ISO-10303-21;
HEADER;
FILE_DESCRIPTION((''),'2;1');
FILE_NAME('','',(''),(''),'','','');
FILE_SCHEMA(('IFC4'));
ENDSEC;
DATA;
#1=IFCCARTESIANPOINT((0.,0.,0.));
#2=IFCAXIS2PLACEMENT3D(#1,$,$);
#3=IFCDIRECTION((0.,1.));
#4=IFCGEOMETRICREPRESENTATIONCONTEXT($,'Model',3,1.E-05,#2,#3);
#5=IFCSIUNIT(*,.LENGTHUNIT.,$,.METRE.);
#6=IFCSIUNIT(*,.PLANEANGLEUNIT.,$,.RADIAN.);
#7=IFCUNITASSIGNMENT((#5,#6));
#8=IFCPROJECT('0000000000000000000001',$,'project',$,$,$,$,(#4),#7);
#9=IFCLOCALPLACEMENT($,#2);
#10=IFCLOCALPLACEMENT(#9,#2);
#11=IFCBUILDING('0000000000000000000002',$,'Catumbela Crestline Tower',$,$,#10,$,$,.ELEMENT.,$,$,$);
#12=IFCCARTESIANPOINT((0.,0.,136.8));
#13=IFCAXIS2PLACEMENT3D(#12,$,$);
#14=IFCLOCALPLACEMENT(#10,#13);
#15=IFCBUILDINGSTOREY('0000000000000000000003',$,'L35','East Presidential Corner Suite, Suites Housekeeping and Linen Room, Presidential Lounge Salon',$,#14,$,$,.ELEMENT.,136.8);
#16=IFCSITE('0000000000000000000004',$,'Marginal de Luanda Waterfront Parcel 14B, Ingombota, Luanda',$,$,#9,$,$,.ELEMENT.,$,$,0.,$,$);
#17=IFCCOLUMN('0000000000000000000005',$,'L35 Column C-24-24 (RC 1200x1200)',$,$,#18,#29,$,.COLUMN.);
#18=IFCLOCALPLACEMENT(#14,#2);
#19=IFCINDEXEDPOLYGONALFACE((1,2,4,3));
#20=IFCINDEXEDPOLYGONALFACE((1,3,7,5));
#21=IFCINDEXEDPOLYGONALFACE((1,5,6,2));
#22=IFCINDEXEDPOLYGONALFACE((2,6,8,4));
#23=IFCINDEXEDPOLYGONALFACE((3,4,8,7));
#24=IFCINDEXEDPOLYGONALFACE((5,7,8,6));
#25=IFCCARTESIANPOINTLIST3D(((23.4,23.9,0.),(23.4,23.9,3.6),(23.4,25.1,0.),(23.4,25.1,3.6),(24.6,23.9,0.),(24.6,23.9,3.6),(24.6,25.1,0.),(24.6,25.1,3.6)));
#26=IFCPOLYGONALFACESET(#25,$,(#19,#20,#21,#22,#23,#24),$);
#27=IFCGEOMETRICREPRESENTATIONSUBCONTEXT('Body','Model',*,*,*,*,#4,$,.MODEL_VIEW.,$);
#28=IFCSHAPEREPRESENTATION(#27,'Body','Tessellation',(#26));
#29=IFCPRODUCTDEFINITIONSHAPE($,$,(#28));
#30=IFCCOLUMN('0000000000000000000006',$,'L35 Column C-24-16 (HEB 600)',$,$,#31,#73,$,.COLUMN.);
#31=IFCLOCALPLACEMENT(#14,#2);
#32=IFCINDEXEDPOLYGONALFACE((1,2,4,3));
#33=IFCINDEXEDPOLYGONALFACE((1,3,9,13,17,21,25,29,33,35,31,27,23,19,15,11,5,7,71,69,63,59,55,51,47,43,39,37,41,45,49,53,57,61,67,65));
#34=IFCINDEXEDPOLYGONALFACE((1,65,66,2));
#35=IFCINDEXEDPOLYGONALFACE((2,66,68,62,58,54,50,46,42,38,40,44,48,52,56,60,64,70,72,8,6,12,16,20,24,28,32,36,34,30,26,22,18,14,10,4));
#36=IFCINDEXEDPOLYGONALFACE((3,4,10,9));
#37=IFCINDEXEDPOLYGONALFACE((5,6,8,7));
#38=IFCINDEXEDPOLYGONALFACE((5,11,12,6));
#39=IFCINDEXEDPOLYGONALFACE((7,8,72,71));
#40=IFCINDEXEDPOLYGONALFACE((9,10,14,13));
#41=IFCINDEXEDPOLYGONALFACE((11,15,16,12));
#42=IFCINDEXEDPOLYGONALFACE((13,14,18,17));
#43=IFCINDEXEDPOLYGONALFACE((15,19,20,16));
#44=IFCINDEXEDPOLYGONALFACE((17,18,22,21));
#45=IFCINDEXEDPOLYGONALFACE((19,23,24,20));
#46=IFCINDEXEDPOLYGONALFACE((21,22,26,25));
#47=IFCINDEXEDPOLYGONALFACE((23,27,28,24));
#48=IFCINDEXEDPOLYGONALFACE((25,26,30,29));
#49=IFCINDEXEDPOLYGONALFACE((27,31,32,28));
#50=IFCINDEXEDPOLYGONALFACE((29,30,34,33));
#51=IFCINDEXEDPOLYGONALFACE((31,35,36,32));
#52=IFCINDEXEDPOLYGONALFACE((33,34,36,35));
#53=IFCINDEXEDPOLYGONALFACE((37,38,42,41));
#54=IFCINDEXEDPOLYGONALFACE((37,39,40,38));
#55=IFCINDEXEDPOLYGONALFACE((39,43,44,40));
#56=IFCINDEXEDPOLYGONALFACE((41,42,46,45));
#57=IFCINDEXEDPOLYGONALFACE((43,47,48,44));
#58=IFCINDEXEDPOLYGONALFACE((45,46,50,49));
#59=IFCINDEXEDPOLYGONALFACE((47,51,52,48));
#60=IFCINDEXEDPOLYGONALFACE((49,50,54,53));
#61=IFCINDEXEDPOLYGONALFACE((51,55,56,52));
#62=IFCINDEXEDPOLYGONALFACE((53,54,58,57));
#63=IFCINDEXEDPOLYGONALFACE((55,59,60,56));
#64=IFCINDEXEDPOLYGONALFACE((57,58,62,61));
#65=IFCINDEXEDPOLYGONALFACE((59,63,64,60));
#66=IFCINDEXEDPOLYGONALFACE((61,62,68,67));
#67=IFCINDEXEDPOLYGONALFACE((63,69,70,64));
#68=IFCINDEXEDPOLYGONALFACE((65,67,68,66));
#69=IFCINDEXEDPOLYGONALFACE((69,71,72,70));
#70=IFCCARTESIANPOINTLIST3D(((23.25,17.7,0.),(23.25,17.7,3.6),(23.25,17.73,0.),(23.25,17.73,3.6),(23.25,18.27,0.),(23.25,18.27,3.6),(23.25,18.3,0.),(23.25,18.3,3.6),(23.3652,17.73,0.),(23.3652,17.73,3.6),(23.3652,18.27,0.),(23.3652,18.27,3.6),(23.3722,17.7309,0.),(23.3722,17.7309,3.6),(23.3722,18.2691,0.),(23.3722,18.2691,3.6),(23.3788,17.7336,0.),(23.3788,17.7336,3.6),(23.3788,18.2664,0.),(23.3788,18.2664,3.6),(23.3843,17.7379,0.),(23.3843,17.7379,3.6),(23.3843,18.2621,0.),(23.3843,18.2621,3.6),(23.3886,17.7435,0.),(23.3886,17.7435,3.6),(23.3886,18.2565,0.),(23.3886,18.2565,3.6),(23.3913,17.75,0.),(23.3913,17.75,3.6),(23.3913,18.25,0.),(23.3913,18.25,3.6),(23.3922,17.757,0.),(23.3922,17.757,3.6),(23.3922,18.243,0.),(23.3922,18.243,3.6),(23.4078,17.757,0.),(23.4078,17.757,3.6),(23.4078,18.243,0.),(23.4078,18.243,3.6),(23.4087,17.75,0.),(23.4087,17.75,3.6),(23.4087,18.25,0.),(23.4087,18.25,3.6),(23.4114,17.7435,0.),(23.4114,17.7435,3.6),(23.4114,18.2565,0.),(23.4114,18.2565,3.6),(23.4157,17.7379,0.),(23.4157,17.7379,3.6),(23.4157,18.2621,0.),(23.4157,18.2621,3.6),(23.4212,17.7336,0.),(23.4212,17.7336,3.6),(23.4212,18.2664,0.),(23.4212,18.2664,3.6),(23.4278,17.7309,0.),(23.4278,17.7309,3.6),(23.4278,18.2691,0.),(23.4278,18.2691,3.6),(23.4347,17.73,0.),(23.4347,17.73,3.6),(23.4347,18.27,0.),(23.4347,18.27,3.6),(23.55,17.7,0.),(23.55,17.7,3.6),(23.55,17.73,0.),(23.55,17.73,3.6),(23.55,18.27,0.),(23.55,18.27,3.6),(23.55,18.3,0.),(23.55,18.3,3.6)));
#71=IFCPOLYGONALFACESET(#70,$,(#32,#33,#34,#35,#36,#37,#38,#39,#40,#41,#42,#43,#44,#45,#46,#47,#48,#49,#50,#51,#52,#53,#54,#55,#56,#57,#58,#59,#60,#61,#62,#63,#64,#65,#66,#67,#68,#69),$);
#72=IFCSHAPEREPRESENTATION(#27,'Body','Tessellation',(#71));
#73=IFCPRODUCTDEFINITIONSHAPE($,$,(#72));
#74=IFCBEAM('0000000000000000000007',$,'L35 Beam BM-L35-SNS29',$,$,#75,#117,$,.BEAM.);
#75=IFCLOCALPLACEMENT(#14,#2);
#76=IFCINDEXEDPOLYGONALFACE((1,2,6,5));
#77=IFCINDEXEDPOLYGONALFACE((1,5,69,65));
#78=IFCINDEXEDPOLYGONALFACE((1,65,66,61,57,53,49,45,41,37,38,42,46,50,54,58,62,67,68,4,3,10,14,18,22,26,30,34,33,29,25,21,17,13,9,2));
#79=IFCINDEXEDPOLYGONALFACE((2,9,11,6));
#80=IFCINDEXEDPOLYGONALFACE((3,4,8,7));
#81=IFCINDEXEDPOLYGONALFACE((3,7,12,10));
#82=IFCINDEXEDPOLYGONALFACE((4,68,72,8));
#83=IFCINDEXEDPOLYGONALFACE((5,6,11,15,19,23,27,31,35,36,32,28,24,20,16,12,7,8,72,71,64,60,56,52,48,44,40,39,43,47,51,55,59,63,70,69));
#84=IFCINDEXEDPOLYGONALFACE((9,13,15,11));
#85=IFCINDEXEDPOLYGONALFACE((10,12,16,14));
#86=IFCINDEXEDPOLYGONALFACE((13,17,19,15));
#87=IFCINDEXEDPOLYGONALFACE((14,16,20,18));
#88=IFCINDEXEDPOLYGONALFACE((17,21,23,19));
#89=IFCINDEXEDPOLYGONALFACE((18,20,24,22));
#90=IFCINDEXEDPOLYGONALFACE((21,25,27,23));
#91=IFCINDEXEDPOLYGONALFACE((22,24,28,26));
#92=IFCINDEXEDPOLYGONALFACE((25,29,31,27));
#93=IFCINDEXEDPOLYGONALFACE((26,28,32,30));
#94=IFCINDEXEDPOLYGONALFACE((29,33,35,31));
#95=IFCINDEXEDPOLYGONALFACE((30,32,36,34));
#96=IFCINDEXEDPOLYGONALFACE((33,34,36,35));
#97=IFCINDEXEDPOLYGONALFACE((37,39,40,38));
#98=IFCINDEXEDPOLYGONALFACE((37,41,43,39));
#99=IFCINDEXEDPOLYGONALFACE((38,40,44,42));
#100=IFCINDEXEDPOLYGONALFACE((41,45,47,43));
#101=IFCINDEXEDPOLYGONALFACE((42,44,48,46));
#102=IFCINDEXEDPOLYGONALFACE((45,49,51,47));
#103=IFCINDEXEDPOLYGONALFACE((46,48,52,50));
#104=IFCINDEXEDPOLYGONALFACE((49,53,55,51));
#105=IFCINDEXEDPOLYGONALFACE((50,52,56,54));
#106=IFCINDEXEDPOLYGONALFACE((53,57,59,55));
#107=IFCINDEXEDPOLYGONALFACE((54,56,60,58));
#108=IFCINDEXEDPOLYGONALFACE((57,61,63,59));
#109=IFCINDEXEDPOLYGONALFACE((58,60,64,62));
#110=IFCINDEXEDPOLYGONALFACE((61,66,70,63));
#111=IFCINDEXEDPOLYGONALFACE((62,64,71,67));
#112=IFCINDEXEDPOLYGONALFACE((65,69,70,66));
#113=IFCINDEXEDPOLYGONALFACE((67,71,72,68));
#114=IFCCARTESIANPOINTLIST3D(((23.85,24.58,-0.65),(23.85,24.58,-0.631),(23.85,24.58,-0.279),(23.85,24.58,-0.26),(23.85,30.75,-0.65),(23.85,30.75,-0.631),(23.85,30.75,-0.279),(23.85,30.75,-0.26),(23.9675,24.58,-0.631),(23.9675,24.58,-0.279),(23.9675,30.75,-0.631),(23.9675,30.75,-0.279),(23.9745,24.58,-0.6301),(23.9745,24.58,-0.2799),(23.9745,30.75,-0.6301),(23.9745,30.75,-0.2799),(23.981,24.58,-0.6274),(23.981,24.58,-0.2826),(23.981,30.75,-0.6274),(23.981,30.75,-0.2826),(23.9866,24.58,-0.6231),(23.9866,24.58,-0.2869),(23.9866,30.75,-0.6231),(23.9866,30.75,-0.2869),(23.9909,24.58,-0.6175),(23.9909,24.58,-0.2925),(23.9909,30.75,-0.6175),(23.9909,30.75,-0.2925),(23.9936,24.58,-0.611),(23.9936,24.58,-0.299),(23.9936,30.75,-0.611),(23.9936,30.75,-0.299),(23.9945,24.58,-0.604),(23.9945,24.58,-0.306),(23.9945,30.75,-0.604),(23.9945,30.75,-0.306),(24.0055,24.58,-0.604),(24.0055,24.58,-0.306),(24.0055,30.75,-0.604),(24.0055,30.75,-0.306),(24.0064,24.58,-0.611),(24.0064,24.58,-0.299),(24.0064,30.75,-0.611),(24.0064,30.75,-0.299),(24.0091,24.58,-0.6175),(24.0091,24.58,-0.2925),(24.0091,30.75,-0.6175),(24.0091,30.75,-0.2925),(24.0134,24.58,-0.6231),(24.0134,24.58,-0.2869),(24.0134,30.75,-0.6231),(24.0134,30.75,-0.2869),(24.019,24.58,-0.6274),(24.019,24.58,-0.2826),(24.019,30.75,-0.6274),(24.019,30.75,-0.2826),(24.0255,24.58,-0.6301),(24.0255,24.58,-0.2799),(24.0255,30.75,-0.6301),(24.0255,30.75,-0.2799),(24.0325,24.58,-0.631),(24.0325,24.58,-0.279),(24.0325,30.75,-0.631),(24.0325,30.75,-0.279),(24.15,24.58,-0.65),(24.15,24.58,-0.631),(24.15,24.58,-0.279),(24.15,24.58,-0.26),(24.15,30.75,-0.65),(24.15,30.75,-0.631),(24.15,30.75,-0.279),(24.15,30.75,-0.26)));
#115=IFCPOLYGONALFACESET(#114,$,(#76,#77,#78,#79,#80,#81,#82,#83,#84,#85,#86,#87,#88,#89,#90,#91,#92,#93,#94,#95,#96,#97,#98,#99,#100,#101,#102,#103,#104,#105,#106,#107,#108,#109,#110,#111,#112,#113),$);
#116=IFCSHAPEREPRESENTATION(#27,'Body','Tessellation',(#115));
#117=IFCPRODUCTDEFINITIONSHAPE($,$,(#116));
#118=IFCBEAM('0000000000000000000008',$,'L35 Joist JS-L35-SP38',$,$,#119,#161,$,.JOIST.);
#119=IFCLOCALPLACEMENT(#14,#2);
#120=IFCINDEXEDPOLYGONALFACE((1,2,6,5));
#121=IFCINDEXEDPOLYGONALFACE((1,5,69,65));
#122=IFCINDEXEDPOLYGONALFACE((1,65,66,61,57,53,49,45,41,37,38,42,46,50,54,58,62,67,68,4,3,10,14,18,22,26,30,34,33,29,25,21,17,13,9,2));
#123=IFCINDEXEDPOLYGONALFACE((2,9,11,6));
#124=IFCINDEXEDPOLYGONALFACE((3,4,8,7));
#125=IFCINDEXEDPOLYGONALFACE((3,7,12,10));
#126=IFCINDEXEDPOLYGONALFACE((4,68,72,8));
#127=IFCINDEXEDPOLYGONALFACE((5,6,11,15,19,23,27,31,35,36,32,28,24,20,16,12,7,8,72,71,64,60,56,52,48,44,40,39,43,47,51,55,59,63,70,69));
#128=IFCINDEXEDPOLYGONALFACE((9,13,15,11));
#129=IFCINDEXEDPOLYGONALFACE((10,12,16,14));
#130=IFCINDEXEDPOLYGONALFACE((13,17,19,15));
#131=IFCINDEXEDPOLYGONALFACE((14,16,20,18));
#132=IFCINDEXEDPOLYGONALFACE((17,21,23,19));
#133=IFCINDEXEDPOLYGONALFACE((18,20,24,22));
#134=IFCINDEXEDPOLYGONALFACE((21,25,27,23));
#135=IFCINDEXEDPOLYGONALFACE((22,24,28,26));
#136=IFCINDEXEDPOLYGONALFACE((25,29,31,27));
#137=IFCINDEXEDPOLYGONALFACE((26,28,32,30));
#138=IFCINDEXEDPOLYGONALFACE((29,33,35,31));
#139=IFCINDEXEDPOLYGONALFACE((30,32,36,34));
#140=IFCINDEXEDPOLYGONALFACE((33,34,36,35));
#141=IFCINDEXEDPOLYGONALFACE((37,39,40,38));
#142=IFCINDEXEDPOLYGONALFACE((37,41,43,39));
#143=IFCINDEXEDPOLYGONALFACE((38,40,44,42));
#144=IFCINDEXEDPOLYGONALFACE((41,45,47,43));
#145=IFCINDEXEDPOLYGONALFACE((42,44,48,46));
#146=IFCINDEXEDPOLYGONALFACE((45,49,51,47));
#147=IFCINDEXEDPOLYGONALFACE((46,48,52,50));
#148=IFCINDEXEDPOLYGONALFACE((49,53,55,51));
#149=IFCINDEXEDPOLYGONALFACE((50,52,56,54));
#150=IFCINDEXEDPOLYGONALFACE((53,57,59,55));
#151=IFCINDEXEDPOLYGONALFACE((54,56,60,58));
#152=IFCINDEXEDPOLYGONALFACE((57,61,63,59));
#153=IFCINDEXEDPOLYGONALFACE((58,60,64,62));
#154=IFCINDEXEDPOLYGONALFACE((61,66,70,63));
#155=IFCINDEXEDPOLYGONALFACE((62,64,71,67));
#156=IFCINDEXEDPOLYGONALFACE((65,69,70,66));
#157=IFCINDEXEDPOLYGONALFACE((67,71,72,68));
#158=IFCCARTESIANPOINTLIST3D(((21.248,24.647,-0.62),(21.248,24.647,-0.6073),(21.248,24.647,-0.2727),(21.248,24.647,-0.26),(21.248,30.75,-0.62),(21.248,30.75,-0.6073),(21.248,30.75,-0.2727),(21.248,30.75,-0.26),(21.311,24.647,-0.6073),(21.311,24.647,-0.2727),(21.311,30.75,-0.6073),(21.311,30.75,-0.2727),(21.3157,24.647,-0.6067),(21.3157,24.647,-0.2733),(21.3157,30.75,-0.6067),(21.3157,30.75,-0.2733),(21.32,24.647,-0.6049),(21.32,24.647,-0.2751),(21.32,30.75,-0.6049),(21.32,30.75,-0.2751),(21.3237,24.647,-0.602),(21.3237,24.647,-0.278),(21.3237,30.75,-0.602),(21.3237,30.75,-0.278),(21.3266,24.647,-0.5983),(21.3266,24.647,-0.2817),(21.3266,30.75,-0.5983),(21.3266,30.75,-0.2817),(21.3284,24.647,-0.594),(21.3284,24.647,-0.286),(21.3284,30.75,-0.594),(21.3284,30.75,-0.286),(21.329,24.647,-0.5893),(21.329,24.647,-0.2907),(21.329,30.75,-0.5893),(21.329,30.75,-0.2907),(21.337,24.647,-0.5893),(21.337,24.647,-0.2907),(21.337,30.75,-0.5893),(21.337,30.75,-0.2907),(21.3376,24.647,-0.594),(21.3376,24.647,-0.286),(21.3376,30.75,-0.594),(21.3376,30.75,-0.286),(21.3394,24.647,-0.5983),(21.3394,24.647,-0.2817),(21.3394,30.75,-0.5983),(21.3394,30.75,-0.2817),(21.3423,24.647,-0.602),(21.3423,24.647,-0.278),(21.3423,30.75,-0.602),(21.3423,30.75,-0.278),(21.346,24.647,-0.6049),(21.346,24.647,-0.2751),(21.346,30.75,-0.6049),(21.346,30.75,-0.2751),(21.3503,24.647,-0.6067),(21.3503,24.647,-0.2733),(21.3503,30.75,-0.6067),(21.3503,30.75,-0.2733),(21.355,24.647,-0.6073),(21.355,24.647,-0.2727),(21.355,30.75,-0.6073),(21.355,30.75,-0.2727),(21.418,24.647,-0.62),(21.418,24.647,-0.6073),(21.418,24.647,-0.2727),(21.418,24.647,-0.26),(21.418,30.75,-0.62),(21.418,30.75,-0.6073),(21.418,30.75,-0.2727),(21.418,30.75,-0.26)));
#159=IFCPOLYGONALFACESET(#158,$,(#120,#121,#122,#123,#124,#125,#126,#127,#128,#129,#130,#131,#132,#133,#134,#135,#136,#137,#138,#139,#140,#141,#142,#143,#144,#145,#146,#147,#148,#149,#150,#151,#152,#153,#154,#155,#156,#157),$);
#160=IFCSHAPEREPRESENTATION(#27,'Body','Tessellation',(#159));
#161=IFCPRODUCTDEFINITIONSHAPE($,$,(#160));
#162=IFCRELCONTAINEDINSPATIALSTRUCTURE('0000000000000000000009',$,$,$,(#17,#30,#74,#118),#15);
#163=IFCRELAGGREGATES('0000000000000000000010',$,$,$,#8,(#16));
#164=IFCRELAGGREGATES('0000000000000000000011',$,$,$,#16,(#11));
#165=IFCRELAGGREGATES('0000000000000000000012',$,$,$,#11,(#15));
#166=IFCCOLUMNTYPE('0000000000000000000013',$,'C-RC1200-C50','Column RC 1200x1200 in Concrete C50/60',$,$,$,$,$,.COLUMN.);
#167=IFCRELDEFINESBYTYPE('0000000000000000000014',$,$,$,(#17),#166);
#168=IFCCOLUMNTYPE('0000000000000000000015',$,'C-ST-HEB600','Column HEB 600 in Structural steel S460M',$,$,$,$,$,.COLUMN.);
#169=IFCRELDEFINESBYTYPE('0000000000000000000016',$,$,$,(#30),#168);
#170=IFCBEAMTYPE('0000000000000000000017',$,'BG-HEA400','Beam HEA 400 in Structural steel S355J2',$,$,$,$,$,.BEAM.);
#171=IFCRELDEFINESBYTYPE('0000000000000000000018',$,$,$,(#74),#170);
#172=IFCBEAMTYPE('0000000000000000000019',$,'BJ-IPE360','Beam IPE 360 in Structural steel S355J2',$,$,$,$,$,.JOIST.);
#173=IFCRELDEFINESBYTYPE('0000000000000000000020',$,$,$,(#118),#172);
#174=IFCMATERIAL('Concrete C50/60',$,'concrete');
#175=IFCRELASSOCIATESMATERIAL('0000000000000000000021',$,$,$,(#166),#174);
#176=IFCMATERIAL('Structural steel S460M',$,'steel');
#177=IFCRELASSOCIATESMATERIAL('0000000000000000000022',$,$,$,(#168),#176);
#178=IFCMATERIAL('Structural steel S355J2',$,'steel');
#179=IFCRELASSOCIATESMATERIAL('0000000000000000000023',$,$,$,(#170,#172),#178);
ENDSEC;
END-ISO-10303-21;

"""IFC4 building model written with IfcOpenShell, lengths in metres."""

from ifc_helpers import new_model, si_unit, direction, frame, origin, origin_2d, place, context, subcontext, project, spatial, rectangle, i_section, extrude, material, material_profile, profile_set, type_object, element, save


model = new_model("IFC4")

# Units and contexts
model_context = context("Model", 3, precision=1e-05, world=origin(), true_north=direction((0.0, 1.0)))
body_context = subcontext(model_context, "Body", "Model", "MODEL_VIEW")
ifc_project = project(units=[si_unit("LENGTHUNIT", "METRE"), si_unit("PLANEANGLEUNIT", "RADIAN")], contexts=[model_context])

# Site, building, storey
site_placement = place(None, origin())
site = spatial("IfcSite", under=ifc_project, at=site_placement, Name="Marginal de Luanda Waterfront Parcel 14B, Ingombota, Luanda", CompositionType="ELEMENT", RefElevation=0.0)
building_placement = place(site_placement, origin())
building = spatial("IfcBuilding", under=site, at=building_placement, Name="Catumbela Crestline Tower", CompositionType="ELEMENT")
storey_placement = place(building_placement, frame((0.0, 0.0, 136.8)))
storey = spatial("IfcBuildingStorey", under=building, at=storey_placement, Name="L35", Description="East Presidential Corner Suite, Suites Housekeeping and Linen Room, Presidential Lounge Salon", CompositionType="ELEMENT", Elevation=136.8)

# Columns
ifc_material_1 = material(Name="Concrete C50/60", Category="concrete")
ifc_material_profile_1 = material_profile(ifc_material_1, rectangle(XDim=1.2, YDim=1.2, at=origin_2d()), Name="RC 1200x1200")
ifc_profile_set_1 = profile_set([ifc_material_profile_1], Name="Concrete C50/60")
column_type_1 = type_object("IfcColumnType", Name="C-RC1200-C50", Description="Column RC 1200x1200 in Concrete C50/60", PredefinedType="COLUMN", material=ifc_profile_set_1)
column_1_placement = place(storey_placement, frame((24.0, 24.5, 0.0), z_axis=(0.0, 0.0, 1.0), x_axis=(1.0, 0.0, 0.0)))
element("IfcColumn", 1, at=column_1_placement, inside=storey, type_object=column_type_1, Name="L35 Column C-24-24 (RC 1200x1200)", PredefinedType="COLUMN", context=body_context, shape_type="SweptSolid", body=[
    extrude(rectangle(XDim=1.2, YDim=1.2, at=origin_2d()), origin(), (0.0, 0.0, 1.0), 3.6),
])
ifc_material_2 = material(Name="Structural steel S460M", Category="steel")
ifc_material_profile_2 = material_profile(ifc_material_2, i_section(OverallWidth=0.3, OverallDepth=0.6, WebThickness=0.0155, FlangeThickness=0.03, FilletRadius=0.027, at=origin_2d()), Name="HEB 600")
ifc_profile_set_2 = profile_set([ifc_material_profile_2], Name="Structural steel S460M")
column_type_2 = type_object("IfcColumnType", Name="C-ST-HEB600", Description="Column HEB 600 in Structural steel S460M", PredefinedType="COLUMN", material=ifc_profile_set_2)
column_2_placement = place(storey_placement, frame((23.4, 18.0, 0.0), z_axis=(0.0, 0.0, 1.0), x_axis=(1.0, 0.0, 0.0)))
element("IfcColumn", 2, at=column_2_placement, inside=storey, type_object=column_type_2, Name="L35 Column C-24-16 (HEB 600)", PredefinedType="COLUMN", context=body_context, shape_type="SweptSolid", body=[
    extrude(i_section(OverallWidth=0.3, OverallDepth=0.6, WebThickness=0.0155, FlangeThickness=0.03, FilletRadius=0.027, at=origin_2d()), origin(), (0.0, 0.0, 1.0), 3.6),
])

# Beams
ifc_material_3 = material(Name="Structural steel S355J2", Category="steel")
ifc_material_profile_3 = material_profile(ifc_material_3, i_section(OverallWidth=0.3, OverallDepth=0.39, WebThickness=0.011, FlangeThickness=0.019, FilletRadius=0.027, at=origin_2d()), Name="HEA 400")
ifc_profile_set_3 = profile_set([ifc_material_profile_3], Name="Structural steel S355J2")
beam_type_1 = type_object("IfcBeamType", Name="BG-HEA400", Description="Beam HEA 400 in Structural steel S355J2", PredefinedType="BEAM", material=ifc_profile_set_3)
beam_1_placement = place(storey_placement, frame((24.0, 24.58, -0.455), z_axis=(0.0, 1.0, 0.0), x_axis=(-1.0, 0.0, 0.0)))
element("IfcBeam", 3, at=beam_1_placement, inside=storey, type_object=beam_type_1, Name="L35 Beam BM-L35-SNS29", PredefinedType="BEAM", context=body_context, shape_type="SweptSolid", body=[
    extrude(i_section(OverallWidth=0.3, OverallDepth=0.39, WebThickness=0.011, FlangeThickness=0.019, FilletRadius=0.027, at=origin_2d()), origin(), (0.0, 0.0, 1.0), 6.17),
])
ifc_material_profile_4 = material_profile(ifc_material_3, i_section(OverallWidth=0.17, OverallDepth=0.36, WebThickness=0.008, FlangeThickness=0.0127, FilletRadius=0.018, at=origin_2d()), Name="IPE 360")
ifc_profile_set_4 = profile_set([ifc_material_profile_4], Name="Structural steel S355J2")
beam_type_2 = type_object("IfcBeamType", Name="BJ-IPE360", Description="Beam IPE 360 in Structural steel S355J2", PredefinedType="JOIST", material=ifc_profile_set_4)
for number, where, z_axis, x_axis, name in (
    (4, (21.333, 24.647, -0.44), (0.0, 1.0, 0.0), (-1.0, 0.0, 0.0), "L35 Joist JS-L35-SP38"),
):
    element("IfcBeam", number, at=place(storey_placement, frame(where, z_axis=z_axis, x_axis=x_axis)), inside=storey, type_object=beam_type_2, Name=name, PredefinedType="JOIST", context=body_context, shape_type="SweptSolid", body=[
        extrude(i_section(OverallWidth=0.17, OverallDepth=0.36, WebThickness=0.008, FlangeThickness=0.0127, FilletRadius=0.018, at=origin_2d()), origin(), (0.0, 0.0, 1.0), 6.103),
    ])

save(model, "model.ifc")
